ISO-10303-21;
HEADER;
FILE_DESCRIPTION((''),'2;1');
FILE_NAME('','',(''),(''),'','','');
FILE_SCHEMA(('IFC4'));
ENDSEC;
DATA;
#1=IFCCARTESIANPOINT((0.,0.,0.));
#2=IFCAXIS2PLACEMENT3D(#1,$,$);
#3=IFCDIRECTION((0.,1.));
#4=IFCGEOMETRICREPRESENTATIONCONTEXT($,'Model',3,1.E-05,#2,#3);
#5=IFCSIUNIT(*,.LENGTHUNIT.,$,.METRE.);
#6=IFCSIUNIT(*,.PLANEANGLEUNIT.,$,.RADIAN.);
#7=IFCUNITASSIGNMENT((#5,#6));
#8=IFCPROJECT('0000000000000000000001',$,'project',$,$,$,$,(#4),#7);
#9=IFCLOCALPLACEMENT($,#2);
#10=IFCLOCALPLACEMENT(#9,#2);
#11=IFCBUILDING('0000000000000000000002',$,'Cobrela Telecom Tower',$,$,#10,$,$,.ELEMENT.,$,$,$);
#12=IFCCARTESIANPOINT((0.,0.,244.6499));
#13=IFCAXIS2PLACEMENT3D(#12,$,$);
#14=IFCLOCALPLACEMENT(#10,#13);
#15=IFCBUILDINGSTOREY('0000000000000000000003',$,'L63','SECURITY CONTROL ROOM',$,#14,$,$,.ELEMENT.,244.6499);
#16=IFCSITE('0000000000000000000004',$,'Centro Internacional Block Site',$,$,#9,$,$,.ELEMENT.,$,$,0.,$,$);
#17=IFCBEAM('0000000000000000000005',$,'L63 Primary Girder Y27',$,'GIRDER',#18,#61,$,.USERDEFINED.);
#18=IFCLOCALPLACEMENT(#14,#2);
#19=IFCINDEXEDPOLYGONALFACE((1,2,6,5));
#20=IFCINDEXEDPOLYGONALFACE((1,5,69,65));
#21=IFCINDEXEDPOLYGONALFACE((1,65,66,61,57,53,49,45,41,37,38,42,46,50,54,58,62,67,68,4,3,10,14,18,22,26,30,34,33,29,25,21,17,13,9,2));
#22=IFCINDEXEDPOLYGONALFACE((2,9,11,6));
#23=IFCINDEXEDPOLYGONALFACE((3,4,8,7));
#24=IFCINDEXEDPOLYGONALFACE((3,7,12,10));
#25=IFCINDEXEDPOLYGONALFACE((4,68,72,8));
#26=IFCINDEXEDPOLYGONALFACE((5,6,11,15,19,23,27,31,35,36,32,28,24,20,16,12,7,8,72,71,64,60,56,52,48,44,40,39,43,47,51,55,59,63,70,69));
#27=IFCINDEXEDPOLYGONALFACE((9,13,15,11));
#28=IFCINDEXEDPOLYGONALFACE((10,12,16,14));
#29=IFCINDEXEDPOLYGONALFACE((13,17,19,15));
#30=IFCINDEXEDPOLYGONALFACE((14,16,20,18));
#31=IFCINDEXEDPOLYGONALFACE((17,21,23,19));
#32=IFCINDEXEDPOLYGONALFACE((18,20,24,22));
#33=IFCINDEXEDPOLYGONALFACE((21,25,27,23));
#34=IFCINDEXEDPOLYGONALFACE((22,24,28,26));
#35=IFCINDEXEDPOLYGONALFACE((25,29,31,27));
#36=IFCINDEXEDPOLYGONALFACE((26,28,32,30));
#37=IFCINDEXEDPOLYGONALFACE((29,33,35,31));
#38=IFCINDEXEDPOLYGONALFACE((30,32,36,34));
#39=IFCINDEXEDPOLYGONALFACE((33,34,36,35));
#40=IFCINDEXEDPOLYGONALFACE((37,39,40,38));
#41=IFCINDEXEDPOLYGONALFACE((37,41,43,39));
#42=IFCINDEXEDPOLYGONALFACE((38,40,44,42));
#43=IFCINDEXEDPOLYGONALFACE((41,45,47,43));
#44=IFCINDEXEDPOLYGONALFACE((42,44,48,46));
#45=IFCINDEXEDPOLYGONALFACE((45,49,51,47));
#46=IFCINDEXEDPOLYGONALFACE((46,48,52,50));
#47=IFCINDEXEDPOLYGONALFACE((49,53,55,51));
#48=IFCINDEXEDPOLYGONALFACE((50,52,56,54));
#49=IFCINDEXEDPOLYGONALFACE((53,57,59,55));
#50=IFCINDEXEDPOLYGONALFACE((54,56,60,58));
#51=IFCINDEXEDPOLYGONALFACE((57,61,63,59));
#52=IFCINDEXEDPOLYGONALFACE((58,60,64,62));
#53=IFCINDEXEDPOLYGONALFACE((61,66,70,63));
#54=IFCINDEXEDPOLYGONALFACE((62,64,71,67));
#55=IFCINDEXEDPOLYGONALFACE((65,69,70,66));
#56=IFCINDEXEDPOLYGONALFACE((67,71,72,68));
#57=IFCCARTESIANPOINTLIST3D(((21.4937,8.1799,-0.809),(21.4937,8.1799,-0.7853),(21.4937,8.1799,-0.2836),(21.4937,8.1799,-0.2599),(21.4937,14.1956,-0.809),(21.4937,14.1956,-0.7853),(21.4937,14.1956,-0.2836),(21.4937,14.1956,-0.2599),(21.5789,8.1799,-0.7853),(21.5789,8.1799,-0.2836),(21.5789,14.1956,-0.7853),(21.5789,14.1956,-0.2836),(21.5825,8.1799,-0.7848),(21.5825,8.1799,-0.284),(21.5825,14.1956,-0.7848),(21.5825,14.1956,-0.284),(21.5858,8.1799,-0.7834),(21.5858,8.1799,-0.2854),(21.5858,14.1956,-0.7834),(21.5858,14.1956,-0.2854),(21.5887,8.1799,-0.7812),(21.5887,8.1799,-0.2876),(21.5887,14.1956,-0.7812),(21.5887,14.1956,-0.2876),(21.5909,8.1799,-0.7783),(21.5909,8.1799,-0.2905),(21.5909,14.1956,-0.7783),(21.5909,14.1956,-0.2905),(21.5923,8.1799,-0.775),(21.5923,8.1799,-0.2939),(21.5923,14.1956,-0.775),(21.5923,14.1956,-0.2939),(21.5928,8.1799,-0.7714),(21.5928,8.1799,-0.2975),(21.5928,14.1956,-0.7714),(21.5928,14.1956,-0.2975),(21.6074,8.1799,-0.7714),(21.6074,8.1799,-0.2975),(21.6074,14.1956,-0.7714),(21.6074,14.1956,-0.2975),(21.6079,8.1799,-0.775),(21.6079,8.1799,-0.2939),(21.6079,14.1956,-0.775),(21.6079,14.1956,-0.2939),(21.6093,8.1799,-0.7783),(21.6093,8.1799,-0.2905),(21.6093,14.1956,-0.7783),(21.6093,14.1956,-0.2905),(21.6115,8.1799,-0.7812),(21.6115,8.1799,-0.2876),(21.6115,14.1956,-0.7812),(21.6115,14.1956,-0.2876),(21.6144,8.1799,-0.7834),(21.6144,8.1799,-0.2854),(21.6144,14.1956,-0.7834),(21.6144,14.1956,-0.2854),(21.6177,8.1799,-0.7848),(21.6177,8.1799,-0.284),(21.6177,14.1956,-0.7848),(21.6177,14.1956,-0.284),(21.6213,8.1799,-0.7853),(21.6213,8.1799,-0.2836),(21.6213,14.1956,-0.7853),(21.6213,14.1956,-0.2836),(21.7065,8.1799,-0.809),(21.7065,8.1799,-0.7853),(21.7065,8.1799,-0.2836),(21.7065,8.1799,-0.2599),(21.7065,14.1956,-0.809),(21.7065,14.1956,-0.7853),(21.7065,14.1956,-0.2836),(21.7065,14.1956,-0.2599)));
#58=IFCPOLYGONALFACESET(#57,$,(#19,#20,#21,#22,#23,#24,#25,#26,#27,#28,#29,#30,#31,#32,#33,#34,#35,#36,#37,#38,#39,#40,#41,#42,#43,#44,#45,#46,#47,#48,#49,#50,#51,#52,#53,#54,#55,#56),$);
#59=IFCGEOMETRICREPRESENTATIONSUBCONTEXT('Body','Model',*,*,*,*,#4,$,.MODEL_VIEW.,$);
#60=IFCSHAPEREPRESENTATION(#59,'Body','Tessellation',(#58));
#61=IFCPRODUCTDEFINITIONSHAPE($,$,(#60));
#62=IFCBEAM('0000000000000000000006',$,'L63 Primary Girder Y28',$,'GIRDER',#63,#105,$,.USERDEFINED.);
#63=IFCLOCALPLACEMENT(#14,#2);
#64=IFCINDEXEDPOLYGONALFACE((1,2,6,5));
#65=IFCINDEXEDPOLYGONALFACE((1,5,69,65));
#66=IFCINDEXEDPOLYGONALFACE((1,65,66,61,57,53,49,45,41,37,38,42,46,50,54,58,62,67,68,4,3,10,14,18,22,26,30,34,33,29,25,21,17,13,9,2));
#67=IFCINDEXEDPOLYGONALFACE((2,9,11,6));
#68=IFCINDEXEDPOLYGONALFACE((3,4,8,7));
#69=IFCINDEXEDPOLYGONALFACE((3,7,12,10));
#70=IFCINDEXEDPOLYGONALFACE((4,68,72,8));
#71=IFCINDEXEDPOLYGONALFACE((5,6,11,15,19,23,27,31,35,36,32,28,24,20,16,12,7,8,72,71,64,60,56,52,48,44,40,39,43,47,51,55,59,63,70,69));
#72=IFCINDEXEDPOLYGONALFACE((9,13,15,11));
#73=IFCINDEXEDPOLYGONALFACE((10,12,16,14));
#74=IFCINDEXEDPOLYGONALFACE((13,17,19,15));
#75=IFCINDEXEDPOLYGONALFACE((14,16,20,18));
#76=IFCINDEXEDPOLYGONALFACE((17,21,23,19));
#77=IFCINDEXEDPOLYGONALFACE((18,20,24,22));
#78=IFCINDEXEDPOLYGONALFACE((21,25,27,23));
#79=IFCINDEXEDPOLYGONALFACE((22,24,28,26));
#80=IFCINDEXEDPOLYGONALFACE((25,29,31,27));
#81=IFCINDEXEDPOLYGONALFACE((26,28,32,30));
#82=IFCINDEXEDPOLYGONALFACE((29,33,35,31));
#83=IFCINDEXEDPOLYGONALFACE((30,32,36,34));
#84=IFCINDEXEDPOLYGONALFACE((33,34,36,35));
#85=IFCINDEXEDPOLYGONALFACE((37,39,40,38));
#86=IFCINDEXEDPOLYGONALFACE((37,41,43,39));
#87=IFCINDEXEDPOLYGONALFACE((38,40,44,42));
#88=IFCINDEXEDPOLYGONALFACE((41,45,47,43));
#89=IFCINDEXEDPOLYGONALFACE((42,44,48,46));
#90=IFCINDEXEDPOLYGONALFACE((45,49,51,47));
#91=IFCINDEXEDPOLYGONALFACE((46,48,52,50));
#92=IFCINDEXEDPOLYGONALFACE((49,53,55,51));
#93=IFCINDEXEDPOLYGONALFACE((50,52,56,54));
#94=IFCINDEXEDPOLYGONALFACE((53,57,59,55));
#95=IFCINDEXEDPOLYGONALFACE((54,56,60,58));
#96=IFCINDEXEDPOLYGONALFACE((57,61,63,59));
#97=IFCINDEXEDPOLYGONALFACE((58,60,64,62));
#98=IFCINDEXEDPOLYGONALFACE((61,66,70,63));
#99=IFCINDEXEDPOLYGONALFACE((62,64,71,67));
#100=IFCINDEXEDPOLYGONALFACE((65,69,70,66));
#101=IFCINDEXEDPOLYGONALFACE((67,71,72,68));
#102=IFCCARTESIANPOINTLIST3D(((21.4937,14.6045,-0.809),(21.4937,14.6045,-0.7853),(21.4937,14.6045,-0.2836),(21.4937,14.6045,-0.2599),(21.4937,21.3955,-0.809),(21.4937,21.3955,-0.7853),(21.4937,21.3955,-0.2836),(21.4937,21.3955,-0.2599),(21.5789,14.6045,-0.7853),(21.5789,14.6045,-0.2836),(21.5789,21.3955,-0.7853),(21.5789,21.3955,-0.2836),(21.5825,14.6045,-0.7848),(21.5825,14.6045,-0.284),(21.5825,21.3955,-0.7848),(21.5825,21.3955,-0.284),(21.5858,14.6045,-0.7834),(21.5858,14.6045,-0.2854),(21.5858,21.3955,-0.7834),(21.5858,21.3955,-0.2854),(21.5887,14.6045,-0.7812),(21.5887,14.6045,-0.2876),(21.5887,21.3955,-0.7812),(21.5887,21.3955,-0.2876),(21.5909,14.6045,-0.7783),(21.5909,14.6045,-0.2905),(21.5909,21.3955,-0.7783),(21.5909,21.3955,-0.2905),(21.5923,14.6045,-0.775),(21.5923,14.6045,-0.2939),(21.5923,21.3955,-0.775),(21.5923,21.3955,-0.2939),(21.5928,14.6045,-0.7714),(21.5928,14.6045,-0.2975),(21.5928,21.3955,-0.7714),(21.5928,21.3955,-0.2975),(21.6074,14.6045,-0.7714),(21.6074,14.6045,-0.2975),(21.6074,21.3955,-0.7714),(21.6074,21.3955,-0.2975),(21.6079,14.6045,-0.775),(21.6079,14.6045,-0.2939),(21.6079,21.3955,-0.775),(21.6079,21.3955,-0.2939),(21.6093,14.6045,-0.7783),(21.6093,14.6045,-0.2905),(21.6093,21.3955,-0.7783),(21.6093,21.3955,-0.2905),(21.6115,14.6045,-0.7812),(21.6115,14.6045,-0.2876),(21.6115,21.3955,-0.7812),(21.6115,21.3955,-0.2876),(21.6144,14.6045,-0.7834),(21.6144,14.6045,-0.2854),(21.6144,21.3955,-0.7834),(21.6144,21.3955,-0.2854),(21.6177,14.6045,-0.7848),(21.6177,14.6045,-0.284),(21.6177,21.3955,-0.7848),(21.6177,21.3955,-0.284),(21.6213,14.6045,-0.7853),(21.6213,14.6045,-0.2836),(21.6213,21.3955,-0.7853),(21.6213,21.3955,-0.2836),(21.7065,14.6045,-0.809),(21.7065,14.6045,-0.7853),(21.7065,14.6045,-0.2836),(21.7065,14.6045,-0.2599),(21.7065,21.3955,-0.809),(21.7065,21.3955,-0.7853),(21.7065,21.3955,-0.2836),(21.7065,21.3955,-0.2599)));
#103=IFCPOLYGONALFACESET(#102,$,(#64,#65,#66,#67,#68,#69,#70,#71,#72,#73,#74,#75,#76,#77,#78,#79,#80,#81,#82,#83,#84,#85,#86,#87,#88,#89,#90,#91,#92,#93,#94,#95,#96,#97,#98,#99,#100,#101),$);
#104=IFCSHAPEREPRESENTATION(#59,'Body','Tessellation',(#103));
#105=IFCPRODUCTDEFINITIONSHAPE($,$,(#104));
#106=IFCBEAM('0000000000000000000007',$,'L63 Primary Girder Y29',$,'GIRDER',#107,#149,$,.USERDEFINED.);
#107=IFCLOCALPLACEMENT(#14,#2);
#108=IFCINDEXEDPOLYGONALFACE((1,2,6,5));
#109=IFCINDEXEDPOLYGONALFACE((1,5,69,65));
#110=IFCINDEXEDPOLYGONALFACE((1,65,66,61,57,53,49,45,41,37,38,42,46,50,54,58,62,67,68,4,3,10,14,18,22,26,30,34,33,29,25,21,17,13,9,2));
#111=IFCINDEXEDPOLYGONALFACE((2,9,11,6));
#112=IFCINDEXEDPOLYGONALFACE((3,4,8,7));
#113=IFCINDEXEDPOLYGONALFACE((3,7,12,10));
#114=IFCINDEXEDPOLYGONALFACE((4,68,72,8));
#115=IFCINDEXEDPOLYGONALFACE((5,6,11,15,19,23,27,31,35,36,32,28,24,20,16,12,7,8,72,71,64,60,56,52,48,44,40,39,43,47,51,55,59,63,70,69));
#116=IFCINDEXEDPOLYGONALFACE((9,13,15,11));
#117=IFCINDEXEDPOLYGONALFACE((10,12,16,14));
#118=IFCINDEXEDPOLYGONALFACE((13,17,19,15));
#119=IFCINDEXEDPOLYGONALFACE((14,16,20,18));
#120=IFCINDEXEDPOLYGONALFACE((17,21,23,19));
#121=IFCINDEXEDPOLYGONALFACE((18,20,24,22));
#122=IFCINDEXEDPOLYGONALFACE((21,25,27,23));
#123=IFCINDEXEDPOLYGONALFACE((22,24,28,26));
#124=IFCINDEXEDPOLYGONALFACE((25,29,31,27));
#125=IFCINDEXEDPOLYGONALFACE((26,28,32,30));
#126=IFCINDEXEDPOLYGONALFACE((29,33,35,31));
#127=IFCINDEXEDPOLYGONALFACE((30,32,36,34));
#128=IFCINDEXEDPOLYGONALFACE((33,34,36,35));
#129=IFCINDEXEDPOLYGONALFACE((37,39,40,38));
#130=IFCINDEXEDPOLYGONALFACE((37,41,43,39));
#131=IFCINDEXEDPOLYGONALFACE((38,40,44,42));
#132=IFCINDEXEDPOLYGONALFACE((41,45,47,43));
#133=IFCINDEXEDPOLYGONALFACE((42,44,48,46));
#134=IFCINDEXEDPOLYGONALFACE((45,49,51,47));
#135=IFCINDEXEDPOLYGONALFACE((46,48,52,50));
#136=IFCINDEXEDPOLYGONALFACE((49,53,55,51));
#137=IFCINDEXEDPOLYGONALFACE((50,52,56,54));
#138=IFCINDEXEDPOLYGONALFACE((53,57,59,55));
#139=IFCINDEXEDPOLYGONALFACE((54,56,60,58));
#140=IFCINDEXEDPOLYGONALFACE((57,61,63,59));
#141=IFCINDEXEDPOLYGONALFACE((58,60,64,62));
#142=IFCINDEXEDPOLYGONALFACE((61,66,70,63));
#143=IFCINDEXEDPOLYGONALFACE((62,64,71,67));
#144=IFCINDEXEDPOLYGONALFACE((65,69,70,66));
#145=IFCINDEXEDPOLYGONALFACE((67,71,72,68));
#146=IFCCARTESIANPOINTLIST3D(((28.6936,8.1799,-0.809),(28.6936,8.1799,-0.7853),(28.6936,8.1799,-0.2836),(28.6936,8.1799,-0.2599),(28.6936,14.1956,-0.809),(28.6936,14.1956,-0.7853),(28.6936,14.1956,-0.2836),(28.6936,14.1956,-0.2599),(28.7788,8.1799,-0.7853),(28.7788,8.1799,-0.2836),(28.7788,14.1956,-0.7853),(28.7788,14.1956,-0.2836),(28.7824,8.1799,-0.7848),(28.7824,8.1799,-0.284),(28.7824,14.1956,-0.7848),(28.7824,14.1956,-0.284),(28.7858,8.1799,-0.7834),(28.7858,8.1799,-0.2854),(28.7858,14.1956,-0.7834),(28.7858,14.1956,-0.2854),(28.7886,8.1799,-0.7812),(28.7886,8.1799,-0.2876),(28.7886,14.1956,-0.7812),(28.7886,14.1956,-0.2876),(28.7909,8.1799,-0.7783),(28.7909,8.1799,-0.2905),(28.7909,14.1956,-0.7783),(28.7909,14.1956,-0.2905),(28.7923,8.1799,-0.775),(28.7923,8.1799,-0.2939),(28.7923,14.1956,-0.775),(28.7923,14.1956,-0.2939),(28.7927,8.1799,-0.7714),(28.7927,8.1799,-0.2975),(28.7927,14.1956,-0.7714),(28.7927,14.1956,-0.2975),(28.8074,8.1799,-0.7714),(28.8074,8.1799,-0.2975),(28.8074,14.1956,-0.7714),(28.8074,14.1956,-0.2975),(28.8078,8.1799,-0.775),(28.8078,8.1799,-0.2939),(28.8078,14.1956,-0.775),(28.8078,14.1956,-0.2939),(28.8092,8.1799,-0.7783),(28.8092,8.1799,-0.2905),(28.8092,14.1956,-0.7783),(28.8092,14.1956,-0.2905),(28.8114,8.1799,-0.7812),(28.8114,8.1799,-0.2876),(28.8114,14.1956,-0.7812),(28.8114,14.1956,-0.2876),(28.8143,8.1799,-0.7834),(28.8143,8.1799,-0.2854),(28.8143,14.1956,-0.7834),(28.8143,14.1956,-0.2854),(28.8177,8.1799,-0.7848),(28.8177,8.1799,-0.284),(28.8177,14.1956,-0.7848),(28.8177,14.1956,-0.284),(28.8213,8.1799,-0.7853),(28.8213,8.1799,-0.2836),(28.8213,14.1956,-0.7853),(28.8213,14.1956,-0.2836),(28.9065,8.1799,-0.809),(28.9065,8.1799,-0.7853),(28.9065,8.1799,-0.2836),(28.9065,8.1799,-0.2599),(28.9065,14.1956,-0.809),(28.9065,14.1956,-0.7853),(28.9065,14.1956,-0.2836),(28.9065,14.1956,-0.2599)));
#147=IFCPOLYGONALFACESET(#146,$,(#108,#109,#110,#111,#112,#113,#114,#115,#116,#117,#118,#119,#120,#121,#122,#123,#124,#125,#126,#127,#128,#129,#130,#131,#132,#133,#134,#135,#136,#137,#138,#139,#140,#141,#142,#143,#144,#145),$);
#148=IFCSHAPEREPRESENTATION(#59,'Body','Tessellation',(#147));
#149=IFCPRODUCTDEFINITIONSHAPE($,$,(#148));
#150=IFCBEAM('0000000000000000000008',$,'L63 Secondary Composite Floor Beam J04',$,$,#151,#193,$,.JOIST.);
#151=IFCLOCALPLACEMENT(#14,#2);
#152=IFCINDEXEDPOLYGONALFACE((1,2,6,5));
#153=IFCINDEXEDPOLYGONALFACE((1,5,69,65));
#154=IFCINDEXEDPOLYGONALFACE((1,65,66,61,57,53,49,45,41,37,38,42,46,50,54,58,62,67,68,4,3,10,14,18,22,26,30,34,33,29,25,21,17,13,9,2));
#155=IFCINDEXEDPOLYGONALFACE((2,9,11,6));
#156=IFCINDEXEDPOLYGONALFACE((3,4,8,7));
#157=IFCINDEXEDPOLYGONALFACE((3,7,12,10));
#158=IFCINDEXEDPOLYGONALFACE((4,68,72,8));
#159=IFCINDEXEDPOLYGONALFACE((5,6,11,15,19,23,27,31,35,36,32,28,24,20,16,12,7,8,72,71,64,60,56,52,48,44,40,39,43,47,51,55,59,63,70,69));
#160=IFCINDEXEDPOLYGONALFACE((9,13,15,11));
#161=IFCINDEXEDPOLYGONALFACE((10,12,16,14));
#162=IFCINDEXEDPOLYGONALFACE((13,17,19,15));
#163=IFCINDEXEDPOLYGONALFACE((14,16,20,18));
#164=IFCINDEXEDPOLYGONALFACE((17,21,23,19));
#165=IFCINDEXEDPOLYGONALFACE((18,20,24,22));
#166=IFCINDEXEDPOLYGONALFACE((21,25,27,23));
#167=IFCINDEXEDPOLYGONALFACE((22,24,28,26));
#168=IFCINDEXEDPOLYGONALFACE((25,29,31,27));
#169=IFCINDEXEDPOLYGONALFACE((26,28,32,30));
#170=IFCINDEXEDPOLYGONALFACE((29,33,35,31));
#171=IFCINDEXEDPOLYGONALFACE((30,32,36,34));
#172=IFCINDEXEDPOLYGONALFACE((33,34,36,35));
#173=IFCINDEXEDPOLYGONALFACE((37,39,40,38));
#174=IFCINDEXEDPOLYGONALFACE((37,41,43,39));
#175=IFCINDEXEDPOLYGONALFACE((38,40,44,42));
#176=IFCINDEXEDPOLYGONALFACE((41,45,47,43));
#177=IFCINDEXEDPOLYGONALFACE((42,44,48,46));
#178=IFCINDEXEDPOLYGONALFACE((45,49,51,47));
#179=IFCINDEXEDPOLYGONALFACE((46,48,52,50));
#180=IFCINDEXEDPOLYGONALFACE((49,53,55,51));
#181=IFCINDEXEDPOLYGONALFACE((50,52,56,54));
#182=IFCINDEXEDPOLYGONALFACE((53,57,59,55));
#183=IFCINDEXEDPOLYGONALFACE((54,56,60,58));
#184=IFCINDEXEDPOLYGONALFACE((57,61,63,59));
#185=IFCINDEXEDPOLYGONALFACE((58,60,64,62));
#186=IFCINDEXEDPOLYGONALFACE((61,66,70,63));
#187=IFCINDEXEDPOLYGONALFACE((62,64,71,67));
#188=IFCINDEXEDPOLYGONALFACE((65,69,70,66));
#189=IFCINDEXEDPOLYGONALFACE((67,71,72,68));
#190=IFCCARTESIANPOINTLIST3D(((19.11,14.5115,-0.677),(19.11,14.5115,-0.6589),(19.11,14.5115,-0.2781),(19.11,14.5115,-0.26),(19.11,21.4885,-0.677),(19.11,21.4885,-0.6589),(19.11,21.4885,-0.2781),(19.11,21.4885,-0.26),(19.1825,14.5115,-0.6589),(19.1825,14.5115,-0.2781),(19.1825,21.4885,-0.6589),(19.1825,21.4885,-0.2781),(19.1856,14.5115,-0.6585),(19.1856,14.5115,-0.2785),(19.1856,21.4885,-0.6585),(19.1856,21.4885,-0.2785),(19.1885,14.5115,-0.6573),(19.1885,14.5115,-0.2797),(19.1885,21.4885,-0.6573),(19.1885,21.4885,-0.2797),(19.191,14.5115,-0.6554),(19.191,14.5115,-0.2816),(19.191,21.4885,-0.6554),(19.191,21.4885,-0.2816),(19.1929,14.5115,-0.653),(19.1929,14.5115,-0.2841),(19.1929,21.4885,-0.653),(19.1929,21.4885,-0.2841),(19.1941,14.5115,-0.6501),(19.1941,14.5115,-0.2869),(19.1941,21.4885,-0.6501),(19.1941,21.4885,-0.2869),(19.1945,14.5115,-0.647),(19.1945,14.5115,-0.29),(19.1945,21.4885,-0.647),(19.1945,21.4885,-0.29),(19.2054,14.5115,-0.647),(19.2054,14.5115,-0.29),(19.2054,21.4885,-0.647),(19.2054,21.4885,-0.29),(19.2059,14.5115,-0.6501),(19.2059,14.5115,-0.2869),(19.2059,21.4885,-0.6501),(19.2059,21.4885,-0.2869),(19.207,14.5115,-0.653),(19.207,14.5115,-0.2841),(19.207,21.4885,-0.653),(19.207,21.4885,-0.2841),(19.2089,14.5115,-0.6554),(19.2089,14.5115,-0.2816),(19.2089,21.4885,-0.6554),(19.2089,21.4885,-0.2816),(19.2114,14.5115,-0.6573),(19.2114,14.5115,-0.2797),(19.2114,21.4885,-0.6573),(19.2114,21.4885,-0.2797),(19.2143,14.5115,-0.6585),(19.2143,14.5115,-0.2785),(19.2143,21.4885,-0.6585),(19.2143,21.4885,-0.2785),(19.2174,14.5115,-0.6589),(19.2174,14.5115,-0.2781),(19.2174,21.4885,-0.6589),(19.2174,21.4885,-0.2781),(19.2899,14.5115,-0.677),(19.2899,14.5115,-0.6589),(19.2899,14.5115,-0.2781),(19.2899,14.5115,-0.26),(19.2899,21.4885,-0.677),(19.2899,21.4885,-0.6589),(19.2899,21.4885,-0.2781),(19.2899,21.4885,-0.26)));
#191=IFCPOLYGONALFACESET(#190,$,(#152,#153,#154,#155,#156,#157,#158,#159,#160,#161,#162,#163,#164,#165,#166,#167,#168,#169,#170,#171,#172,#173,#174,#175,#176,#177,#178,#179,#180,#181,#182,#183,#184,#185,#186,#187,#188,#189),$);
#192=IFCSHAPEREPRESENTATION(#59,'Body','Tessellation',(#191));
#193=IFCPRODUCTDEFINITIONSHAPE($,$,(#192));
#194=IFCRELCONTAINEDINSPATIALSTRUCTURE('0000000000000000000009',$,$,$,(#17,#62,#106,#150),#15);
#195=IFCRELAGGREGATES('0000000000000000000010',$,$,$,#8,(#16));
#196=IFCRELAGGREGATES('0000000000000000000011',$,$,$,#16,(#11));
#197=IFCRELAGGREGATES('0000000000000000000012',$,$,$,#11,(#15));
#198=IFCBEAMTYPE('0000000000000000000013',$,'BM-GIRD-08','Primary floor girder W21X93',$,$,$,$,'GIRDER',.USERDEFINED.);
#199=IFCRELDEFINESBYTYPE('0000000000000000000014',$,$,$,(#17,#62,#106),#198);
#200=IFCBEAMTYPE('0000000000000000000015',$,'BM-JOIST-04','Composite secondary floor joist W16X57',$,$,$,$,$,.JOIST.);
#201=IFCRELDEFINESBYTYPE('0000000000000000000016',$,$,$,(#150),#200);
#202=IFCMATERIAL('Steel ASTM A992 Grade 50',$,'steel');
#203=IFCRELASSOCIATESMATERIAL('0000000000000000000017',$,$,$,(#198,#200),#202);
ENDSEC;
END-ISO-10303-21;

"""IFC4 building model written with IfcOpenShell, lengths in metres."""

from ifc_helpers import new_model, si_unit, direction, frame, origin, origin_2d, place, context, subcontext, project, spatial, i_section, extrude, material, material_profile, profile_set, type_object, element, save


model = new_model("IFC4")

# Units and contexts
model_context = context("Model", 3, precision=1e-05, world=origin(), true_north=direction((0.0, 1.0)))
body_context = subcontext(model_context, "Body", "Model", "MODEL_VIEW")
ifc_project = project(units=[si_unit("LENGTHUNIT", "METRE"), si_unit("PLANEANGLEUNIT", "RADIAN")], contexts=[model_context])

# Site, building, storey
site_placement = place(None, origin())
site = spatial("IfcSite", under=ifc_project, at=site_placement, Name="Centro Internacional Block Site", CompositionType="ELEMENT", RefElevation=0.0)
building_placement = place(site_placement, origin())
building = spatial("IfcBuilding", under=site, at=building_placement, Name="Cobrela Telecom Tower", CompositionType="ELEMENT")
storey_placement = place(building_placement, frame((0.0, 0.0, 244.6499)))
storey = spatial("IfcBuildingStorey", under=building, at=storey_placement, Name="L63", Description="SECURITY CONTROL ROOM", CompositionType="ELEMENT", Elevation=244.6499)

# Shared definitions
ifc_material_1 = material(Name="Steel ASTM A992 Grade 50", Category="steel")

# Beams
ifc_material_profile_1 = material_profile(ifc_material_1, i_section(OverallWidth=0.2129, OverallDepth=0.5491, WebThickness=0.0146, FlangeThickness=0.0237, FilletRadius=0.0139, at=origin_2d()), Name="W21X93")
ifc_profile_set_1 = profile_set([ifc_material_profile_1], Name="Steel ASTM A992 Grade 50")
beam_type_1 = type_object("IfcBeamType", Name="BM-GIRD-08", Description="Primary floor girder W21X93", ElementType="GIRDER", PredefinedType="USERDEFINED", material=ifc_profile_set_1)
beam_1_placement = place(storey_placement, frame((21.6001, 8.1799, -0.5344), z_axis=(0.0, 1.0, 0.0), x_axis=(-1.0, 0.0, 0.0)))
element("IfcBeam", 1, at=beam_1_placement, inside=storey, type_object=beam_type_1, Name="L63 Primary Girder Y27", ObjectType="GIRDER", PredefinedType="USERDEFINED", context=body_context, shape_type="SweptSolid", body=[
    extrude(i_section(OverallWidth=0.2129, OverallDepth=0.5491, WebThickness=0.0146, FlangeThickness=0.0237, FilletRadius=0.0139, at=origin_2d()), origin(), (0.0, 0.0, 1.0), 6.0156),
])
beam_2_placement = place(storey_placement, frame((21.6001, 14.6045, -0.5344), z_axis=(0.0, 1.0, 0.0), x_axis=(-1.0, 0.0, 0.0)))
element("IfcBeam", 2, at=beam_2_placement, inside=storey, type_object=beam_type_1, Name="L63 Primary Girder Y28", ObjectType="GIRDER", PredefinedType="USERDEFINED", context=body_context, shape_type="SweptSolid", body=[
    extrude(i_section(OverallWidth=0.2129, OverallDepth=0.5491, WebThickness=0.0146, FlangeThickness=0.0237, FilletRadius=0.0139, at=origin_2d()), origin(), (0.0, 0.0, 1.0), 6.791),
])
beam_3_placement = place(storey_placement, frame((28.8, 8.1799, -0.5344), z_axis=(0.0, 1.0, 0.0), x_axis=(-1.0, 0.0, 0.0)))
element("IfcBeam", 3, at=beam_3_placement, inside=storey, type_object=beam_type_1, Name="L63 Primary Girder Y29", ObjectType="GIRDER", PredefinedType="USERDEFINED", context=body_context, shape_type="SweptSolid", body=[
    extrude(i_section(OverallWidth=0.2129, OverallDepth=0.5491, WebThickness=0.0146, FlangeThickness=0.0237, FilletRadius=0.0139, at=origin_2d()), origin(), (0.0, 0.0, 1.0), 6.0156),
])
ifc_material_profile_2 = material_profile(ifc_material_1, i_section(OverallWidth=0.1799, OverallDepth=0.417, WebThickness=0.011, FlangeThickness=0.0181, FilletRadius=0.012, at=origin_2d()), Name="W16X57")
ifc_profile_set_2 = profile_set([ifc_material_profile_2], Name="Steel ASTM A992 Grade 50")
beam_type_2 = type_object("IfcBeamType", Name="BM-JOIST-04", Description="Composite secondary floor joist W16X57", PredefinedType="JOIST", material=ifc_profile_set_2)
beam_4_placement = place(storey_placement, frame((19.2, 14.5115, -0.4685), z_axis=(0.0, 1.0, 0.0), x_axis=(-1.0, 0.0, 0.0)))
element("IfcBeam", 4, at=beam_4_placement, inside=storey, type_object=beam_type_2, Name="L63 Secondary Composite Floor Beam J04", PredefinedType="JOIST", context=body_context, shape_type="SweptSolid", body=[
    extrude(i_section(OverallWidth=0.1799, OverallDepth=0.417, WebThickness=0.011, FlangeThickness=0.0181, FilletRadius=0.012, at=origin_2d()), origin(), (0.0, 0.0, 1.0), 6.9771),
])

save(model, "model.ifc")
